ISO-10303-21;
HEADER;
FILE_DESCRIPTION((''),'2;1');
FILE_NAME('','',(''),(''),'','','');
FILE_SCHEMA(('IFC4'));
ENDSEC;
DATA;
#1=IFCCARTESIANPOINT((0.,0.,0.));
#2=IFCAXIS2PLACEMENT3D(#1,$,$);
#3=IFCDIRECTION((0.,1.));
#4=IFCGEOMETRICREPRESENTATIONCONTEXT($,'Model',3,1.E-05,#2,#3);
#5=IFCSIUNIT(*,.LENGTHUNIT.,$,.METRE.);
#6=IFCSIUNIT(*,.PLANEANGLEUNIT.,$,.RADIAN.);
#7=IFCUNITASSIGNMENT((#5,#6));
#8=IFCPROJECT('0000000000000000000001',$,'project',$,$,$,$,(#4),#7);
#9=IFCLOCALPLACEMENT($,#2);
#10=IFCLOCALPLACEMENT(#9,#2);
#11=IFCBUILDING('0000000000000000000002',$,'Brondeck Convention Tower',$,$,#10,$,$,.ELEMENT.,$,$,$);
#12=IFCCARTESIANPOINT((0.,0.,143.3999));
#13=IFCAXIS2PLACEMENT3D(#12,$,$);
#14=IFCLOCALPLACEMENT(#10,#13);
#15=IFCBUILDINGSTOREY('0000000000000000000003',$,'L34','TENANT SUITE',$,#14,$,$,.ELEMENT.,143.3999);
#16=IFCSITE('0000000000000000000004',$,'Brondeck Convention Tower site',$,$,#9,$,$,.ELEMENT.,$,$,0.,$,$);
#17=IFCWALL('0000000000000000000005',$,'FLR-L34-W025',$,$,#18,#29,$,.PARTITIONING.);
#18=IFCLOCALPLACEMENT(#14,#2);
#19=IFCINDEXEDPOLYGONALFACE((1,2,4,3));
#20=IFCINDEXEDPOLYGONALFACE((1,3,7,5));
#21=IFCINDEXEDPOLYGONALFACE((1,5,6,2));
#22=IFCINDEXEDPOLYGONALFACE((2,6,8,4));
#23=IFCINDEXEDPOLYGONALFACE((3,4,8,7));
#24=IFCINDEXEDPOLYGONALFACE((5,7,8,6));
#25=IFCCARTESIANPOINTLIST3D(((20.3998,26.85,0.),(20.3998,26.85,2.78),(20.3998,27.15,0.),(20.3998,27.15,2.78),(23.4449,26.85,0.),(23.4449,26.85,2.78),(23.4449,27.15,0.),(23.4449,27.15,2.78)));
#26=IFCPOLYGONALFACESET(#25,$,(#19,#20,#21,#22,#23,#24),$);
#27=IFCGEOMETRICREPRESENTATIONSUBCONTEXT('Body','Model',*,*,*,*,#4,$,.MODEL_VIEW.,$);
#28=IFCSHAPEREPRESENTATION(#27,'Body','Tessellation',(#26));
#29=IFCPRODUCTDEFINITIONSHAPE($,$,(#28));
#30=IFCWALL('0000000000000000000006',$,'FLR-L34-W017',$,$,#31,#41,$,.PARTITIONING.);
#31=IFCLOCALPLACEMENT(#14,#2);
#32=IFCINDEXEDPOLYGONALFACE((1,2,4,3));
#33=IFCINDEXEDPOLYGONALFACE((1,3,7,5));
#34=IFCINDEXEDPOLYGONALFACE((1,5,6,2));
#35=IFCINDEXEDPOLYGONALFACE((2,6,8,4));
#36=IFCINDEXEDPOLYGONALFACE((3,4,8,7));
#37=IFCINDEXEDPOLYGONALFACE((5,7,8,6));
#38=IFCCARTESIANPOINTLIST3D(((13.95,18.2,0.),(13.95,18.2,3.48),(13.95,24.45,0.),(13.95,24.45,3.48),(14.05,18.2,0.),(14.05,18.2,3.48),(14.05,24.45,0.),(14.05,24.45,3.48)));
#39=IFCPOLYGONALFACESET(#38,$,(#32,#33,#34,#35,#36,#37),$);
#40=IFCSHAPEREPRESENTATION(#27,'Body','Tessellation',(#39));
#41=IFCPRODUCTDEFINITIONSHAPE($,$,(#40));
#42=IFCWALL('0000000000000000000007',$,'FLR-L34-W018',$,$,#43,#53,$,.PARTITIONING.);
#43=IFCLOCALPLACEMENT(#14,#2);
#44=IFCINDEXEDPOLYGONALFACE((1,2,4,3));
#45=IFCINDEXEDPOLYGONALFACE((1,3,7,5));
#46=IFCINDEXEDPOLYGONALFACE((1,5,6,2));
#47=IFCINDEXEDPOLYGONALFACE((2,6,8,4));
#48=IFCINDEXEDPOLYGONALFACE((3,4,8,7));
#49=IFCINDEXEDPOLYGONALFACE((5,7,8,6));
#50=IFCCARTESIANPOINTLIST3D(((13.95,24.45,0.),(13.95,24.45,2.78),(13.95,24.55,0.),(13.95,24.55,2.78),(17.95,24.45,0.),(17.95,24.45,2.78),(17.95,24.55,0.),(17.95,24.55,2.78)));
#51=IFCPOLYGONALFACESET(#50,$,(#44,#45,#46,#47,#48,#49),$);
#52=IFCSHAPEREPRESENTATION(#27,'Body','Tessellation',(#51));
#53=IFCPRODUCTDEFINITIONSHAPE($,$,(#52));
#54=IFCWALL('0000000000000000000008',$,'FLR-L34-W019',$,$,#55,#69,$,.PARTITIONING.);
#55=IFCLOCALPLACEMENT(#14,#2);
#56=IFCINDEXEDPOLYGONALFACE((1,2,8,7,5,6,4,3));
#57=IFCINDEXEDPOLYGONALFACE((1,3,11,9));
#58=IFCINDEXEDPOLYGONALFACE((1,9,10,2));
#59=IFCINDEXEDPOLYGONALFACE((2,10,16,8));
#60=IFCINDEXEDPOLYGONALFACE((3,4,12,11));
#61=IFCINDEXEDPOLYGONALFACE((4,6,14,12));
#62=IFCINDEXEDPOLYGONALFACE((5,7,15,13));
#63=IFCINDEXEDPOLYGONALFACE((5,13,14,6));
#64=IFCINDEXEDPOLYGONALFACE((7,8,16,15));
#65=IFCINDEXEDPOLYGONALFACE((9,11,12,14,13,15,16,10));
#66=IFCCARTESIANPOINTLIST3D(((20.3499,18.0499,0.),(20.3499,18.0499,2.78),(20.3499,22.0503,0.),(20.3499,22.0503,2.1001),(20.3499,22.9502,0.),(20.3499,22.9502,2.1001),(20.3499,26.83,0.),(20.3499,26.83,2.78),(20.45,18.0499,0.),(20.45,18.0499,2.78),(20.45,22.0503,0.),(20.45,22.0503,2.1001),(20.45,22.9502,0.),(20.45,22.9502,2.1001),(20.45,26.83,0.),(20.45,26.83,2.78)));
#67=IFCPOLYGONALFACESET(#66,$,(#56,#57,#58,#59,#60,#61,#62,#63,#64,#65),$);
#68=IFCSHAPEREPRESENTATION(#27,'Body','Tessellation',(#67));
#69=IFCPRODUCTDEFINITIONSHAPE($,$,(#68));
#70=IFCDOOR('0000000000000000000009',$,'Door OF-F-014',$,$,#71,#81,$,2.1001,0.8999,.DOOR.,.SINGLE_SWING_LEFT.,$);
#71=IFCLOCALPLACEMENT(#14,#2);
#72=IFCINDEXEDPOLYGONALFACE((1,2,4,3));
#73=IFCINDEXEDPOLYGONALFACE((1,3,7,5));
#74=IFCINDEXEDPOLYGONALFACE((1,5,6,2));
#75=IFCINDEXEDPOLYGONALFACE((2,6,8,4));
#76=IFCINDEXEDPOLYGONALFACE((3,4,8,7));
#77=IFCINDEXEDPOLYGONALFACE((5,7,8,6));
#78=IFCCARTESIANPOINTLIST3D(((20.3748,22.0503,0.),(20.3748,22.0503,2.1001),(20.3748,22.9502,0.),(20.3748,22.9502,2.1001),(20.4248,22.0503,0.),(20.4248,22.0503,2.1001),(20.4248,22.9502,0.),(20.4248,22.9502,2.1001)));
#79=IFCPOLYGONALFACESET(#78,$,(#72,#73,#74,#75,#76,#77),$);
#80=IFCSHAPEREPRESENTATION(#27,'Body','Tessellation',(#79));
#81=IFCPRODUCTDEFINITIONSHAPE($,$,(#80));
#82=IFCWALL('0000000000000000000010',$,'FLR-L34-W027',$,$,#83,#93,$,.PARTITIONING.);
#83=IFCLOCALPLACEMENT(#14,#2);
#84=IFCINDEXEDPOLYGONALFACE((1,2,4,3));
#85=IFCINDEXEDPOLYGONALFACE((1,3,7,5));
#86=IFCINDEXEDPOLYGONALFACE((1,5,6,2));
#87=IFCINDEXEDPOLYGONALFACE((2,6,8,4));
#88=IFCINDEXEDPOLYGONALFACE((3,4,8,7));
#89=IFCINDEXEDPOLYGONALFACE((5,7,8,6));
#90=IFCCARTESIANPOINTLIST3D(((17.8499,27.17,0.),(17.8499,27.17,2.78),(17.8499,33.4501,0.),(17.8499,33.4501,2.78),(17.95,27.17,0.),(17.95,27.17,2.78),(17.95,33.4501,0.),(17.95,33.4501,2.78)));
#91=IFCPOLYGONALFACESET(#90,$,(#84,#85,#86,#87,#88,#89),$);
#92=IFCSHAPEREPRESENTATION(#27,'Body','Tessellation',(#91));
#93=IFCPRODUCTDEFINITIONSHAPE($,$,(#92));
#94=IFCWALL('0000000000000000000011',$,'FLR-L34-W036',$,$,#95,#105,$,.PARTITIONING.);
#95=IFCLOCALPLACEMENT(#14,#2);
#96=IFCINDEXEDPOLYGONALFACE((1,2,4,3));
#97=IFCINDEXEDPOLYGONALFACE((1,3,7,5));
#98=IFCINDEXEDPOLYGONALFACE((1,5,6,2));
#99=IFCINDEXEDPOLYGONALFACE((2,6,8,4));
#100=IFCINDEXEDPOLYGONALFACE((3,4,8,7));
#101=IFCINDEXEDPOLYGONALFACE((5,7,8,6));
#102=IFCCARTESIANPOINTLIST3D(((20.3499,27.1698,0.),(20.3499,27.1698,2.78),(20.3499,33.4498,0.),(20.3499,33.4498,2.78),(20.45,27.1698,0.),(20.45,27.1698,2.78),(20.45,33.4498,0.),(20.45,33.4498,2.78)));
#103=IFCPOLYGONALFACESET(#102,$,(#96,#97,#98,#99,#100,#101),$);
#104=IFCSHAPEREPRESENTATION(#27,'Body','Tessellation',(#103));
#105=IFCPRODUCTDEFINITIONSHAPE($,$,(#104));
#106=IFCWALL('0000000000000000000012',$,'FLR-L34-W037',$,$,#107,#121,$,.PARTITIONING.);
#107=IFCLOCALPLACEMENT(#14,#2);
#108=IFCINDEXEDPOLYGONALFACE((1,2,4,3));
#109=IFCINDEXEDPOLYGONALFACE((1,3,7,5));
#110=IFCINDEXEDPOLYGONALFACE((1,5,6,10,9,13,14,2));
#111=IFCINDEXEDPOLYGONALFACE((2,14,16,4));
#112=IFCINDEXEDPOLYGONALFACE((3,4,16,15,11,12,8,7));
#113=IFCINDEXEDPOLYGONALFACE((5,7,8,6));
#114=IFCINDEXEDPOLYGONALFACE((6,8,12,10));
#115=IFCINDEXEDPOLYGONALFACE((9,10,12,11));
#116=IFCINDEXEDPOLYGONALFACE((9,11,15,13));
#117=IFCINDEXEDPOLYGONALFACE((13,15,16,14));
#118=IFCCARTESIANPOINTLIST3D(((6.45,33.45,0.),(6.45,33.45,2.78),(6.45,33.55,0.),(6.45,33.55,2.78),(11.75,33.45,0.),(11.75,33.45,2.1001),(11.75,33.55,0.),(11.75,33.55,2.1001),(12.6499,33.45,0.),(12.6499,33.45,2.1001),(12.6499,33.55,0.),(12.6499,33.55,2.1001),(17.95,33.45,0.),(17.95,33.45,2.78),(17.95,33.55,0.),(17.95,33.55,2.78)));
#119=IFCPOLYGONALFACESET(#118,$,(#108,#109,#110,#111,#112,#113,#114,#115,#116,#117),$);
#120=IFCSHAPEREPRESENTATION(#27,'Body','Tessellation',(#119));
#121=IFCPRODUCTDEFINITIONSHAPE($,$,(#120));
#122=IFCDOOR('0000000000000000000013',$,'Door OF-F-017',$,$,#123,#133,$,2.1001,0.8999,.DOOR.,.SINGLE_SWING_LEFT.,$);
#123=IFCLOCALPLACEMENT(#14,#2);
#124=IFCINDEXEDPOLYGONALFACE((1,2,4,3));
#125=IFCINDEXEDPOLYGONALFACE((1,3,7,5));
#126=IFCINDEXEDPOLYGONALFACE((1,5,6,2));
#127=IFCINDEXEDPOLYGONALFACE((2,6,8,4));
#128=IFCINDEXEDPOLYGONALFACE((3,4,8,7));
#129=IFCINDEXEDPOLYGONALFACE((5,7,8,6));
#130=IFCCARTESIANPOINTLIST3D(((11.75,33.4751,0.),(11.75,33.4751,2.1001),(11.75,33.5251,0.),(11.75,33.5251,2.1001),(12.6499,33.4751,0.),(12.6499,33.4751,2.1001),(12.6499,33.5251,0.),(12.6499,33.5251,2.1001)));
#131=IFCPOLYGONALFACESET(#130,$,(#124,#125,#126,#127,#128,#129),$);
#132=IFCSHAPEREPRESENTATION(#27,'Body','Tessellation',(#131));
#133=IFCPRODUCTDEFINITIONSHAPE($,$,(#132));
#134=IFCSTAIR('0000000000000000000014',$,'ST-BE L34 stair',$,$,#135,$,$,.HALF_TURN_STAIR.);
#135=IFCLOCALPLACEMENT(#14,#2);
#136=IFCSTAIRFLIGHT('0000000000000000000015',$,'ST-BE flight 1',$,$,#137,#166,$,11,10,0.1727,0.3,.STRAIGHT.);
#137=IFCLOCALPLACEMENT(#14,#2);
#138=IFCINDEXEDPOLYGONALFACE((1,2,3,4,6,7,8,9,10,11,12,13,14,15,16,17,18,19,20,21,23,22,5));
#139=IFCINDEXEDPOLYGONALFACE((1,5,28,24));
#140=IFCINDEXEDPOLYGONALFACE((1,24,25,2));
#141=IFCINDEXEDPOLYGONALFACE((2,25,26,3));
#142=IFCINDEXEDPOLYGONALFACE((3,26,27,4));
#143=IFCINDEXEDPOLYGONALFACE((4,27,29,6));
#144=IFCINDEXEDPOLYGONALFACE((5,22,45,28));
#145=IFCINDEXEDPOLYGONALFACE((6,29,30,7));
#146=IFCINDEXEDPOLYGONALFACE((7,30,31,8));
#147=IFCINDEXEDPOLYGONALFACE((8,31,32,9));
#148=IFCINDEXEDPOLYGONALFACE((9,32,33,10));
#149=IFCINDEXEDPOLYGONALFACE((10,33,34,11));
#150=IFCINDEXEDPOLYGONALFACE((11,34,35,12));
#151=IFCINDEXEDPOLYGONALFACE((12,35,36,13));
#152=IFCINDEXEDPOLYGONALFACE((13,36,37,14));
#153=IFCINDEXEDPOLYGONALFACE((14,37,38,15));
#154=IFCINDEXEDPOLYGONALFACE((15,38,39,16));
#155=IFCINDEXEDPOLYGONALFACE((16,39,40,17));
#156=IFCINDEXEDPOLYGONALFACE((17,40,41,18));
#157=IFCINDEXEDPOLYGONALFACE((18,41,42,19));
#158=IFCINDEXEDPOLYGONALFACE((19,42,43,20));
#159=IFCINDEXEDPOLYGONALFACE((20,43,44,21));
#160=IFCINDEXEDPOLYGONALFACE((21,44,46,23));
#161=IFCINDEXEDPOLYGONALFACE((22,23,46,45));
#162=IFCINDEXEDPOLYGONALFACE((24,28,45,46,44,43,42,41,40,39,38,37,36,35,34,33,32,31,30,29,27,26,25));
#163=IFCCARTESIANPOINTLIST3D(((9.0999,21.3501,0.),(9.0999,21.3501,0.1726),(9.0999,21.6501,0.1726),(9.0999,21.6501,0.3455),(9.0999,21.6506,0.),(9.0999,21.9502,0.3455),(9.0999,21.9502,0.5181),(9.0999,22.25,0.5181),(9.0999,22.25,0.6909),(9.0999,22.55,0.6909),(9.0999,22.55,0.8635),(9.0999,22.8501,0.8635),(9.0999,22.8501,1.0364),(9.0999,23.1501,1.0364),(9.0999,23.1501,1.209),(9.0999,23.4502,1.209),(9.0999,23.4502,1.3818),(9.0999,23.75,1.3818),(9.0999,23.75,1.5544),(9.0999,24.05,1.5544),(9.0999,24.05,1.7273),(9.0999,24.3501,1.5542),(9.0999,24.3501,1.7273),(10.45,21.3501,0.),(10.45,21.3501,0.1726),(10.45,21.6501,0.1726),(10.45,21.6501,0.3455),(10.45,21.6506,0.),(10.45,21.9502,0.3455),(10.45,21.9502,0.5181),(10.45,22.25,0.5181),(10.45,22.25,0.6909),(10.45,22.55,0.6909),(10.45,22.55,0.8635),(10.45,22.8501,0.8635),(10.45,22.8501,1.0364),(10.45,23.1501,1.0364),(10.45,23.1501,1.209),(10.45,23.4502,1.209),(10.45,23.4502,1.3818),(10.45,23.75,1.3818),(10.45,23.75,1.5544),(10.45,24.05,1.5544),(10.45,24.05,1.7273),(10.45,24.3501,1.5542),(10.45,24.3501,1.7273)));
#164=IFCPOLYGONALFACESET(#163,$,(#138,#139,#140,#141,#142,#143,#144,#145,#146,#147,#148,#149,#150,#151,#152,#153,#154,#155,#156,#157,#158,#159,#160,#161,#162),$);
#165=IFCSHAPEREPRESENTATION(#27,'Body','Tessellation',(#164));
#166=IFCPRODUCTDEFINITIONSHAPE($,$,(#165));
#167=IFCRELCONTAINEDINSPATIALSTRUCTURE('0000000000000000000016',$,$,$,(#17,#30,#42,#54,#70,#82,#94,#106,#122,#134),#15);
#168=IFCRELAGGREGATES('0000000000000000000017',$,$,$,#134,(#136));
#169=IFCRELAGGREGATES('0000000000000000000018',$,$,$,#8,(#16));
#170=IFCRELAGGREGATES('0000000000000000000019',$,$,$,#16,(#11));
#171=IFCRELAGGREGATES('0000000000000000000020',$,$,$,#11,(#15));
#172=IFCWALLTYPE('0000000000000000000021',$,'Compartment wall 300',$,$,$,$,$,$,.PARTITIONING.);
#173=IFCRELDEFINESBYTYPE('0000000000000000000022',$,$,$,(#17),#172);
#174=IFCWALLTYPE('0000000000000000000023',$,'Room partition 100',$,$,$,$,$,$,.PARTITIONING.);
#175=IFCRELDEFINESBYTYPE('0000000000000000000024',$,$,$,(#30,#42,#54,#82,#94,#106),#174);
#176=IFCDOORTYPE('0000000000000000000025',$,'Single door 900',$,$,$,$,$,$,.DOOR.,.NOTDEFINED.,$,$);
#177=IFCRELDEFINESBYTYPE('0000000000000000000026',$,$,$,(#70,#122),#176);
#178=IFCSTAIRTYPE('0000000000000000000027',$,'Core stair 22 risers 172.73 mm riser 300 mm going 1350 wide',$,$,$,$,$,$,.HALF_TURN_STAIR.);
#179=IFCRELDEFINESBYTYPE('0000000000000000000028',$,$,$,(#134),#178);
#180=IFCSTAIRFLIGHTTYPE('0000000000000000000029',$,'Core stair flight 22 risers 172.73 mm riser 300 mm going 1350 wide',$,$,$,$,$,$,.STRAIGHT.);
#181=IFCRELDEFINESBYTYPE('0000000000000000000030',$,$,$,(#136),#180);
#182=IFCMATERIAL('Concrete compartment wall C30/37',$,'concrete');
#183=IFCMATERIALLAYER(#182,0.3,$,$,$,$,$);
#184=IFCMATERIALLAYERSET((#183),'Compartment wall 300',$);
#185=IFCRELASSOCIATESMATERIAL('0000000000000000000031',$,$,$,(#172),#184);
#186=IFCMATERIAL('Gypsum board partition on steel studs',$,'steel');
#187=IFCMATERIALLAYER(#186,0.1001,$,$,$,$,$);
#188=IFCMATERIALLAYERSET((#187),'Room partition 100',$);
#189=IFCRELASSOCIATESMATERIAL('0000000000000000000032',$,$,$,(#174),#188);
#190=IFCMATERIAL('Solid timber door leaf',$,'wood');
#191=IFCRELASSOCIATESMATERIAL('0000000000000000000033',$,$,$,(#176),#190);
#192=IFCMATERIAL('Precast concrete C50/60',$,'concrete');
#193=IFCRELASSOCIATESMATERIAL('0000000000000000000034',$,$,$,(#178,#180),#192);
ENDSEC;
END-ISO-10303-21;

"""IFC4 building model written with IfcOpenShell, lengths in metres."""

from ifc_helpers import new_model, si_unit, direction, frame, frame_2d, origin, place, context, subcontext, project, spatial, polyline, rectangle, outline, extrude, material, layer, layer_set, type_object, element, fill, aggregate, save


model = new_model("IFC4")

# Units and contexts
model_context = context("Model", 3, precision=1e-05, world=origin(), true_north=direction((0.0, 1.0)))
body_context = subcontext(model_context, "Body", "Model", "MODEL_VIEW")
ifc_project = project(units=[si_unit("LENGTHUNIT", "METRE"), si_unit("PLANEANGLEUNIT", "RADIAN")], contexts=[model_context])

# Site, building, storey
site_placement = place(None, origin())
site = spatial("IfcSite", under=ifc_project, at=site_placement, Name="Brondeck Convention Tower site", CompositionType="ELEMENT", RefElevation=0.0)
building_placement = place(site_placement, origin())
building = spatial("IfcBuilding", under=site, at=building_placement, Name="Brondeck Convention Tower", CompositionType="ELEMENT")
storey_placement = place(building_placement, frame((0.0, 0.0, 143.3999)))
storey = spatial("IfcBuildingStorey", under=building, at=storey_placement, Name="L34", Description="TENANT SUITE", CompositionType="ELEMENT", Elevation=143.3999)

# Shared definitions
ifc_material_1 = material(Name="Concrete compartment wall C30/37", Category="concrete")
ifc_layer_1 = layer(ifc_material_1, 0.3)
ifc_layer_set_1 = layer_set([ifc_layer_1], Name="Compartment wall 300")
wall_type_1 = type_object("IfcWallType", Name="Compartment wall 300", PredefinedType="PARTITIONING", material=ifc_layer_set_1)

# Walls
wall_1_placement = place(storey_placement, frame((20.3999, 27.0, 0.0), z_axis=(0.0, 0.0, 1.0), x_axis=(1.0, 0.0, 0.0)))
element("IfcWall", 1, at=wall_1_placement, inside=storey, type_object=wall_type_1, Name="FLR-L34-W025", PredefinedType="PARTITIONING", context=body_context, shape_type="SweptSolid", body=[
    extrude(rectangle(XDim=3.0452, YDim=0.3, at=frame_2d((1.5225, 0.0))), origin(), (0.0, 0.0, 1.0), 2.78),
])
ifc_material_2 = material(Name="Gypsum board partition on steel studs", Category="steel")
ifc_layer_2 = layer(ifc_material_2, 0.1001)
ifc_layer_set_2 = layer_set([ifc_layer_2], Name="Room partition 100")
wall_type_2 = type_object("IfcWallType", Name="Room partition 100", PredefinedType="PARTITIONING", material=ifc_layer_set_2)
wall_2_placement = place(storey_placement, frame((14.0, 24.45, 0.0), z_axis=(0.0, 0.0, 1.0), x_axis=(0.0, -1.0, 0.0)))
element("IfcWall", 2, at=wall_2_placement, inside=storey, type_object=wall_type_2, Name="FLR-L34-W017", PredefinedType="PARTITIONING", context=body_context, shape_type="SweptSolid", body=[
    extrude(rectangle(XDim=6.25, YDim=0.1001, at=frame_2d((3.125, 0.0))), origin(), (0.0, 0.0, 1.0), 3.48),
])
wall_3_placement = place(storey_placement, frame((17.95, 24.5, 0.0), z_axis=(0.0, 0.0, 1.0), x_axis=(-1.0, 0.0, 0.0)))
element("IfcWall", 3, at=wall_3_placement, inside=storey, type_object=wall_type_2, Name="FLR-L34-W018", PredefinedType="PARTITIONING", context=body_context, shape_type="SweptSolid", body=[
    extrude(rectangle(XDim=4.0, YDim=0.1001, at=frame_2d((2.0, 0.0))), origin(), (0.0, 0.0, 1.0), 2.78),
])

# Wall, opening, door
wall_4_placement = place(storey_placement, frame((20.3999, 26.8301, 0.0), z_axis=(0.0, 0.0, 1.0), x_axis=(0.0, -1.0, 0.0)))
wall_4 = element("IfcWall", 4, at=wall_4_placement, inside=storey, type_object=wall_type_2, Name="FLR-L34-W019", PredefinedType="PARTITIONING", context=body_context, shape_type="SweptSolid", body=[
    extrude(rectangle(XDim=8.78, YDim=0.1001, at=frame_2d((4.3901, 0.0))), origin(), (0.0, 0.0, 1.0), 2.78),
])
opening_1_placement = place(wall_4_placement, frame((3.8799, 0.0, 0.0)))
opening_1 = element("IfcOpeningElement", 5, at=opening_1_placement, cuts=wall_4, PredefinedType="OPENING", context=body_context, shape_type="SweptSolid", body=[
    extrude(rectangle(XDim=0.8999, YDim=2.1001, at=frame_2d((0.45, 1.05))), frame((0.0, 0.0601, 0.0), z_axis=(0.0, -1.0, 0.0), x_axis=(1.0, 0.0, 0.0)), (0.0, 0.0, 1.0), 0.1201),
])
ifc_material_3 = material(Name="Solid timber door leaf", Category="wood")
door_type_1 = type_object("IfcDoorType", Name="Single door 900", OperationType="NOTDEFINED", PredefinedType="DOOR", material=ifc_material_3)
door_1_placement = place(opening_1_placement, origin())
door_1 = element("IfcDoor", 6, at=door_1_placement, inside=storey, type_object=door_type_1, Name="Door OF-F-014", OperationType="SINGLE_SWING_LEFT", OverallHeight=2.1001, OverallWidth=0.8999, PredefinedType="DOOR", context=body_context, shape_type="SweptSolid", body=[
    extrude(rectangle(XDim=0.8999, YDim=2.1001, at=frame_2d((0.45, 1.05))), frame((0.0, 0.0249, 0.0), z_axis=(0.0, -1.0, 0.0), x_axis=(1.0, 0.0, 0.0)), (0.0, 0.0, 1.0), 0.05),
])
fill(opening_1, door_1)

# Walls
for number, where, z_axis, x_axis, name in (
    (7, (17.8999, 27.1699, 0.0), (0.0, 0.0, 1.0), (0.0, 1.0, 0.0), "FLR-L34-W027"),
    (8, (20.3999, 33.45, 0.0), (0.0, 0.0, 1.0), (0.0, -1.0, 0.0), "FLR-L34-W036"),
):
    element("IfcWall", number, at=place(storey_placement, frame(where, z_axis=z_axis, x_axis=x_axis)), inside=storey, type_object=wall_type_2, Name=name, PredefinedType="PARTITIONING", context=body_context, shape_type="SweptSolid", body=[
        extrude(rectangle(XDim=6.28, YDim=0.1001, at=frame_2d((3.1401, 0.0))), origin(), (0.0, 0.0, 1.0), 2.78),
    ])

# Wall, opening, door
wall_5_placement = place(storey_placement, frame((17.95, 33.5, 0.0), z_axis=(0.0, 0.0, 1.0), x_axis=(-1.0, 0.0, 0.0)))
wall_5 = element("IfcWall", 9, at=wall_5_placement, inside=storey, type_object=wall_type_2, Name="FLR-L34-W037", PredefinedType="PARTITIONING", context=body_context, shape_type="SweptSolid", body=[
    extrude(rectangle(XDim=11.5, YDim=0.1001, at=frame_2d((5.75, 0.0))), origin(), (0.0, 0.0, 1.0), 2.78),
])
opening_2_placement = place(wall_5_placement, frame((5.3, 0.0, 0.0)))
opening_2 = element("IfcOpeningElement", 10, at=opening_2_placement, cuts=wall_5, PredefinedType="OPENING", context=body_context, shape_type="SweptSolid", body=[
    extrude(rectangle(XDim=0.8999, YDim=2.1001, at=frame_2d((0.45, 1.05))), frame((0.0, 0.0601, 0.0), z_axis=(0.0, -1.0, 0.0), x_axis=(1.0, 0.0, 0.0)), (0.0, 0.0, 1.0), 0.1201),
])
door_2_placement = place(opening_2_placement, origin())
door_2 = element("IfcDoor", 11, at=door_2_placement, inside=storey, type_object=door_type_1, Name="Door OF-F-017", OperationType="SINGLE_SWING_LEFT", OverallHeight=2.1001, OverallWidth=0.8999, PredefinedType="DOOR", context=body_context, shape_type="SweptSolid", body=[
    extrude(rectangle(XDim=0.8999, YDim=2.1001, at=frame_2d((0.45, 1.05))), frame((0.0, 0.0249, 0.0), z_axis=(0.0, -1.0, 0.0), x_axis=(1.0, 0.0, 0.0)), (0.0, 0.0, 1.0), 0.05),
])
fill(opening_2, door_2)

# Stair, stair flight
ifc_material_4 = material(Name="Precast concrete C50/60", Category="concrete")
stair_type = type_object("IfcStairType", Name="Core stair 22 risers 172.73 mm riser 300 mm going 1350 wide", PredefinedType="HALF_TURN_STAIR", material=ifc_material_4)
stair_placement = place(storey_placement, origin())
stair = element("IfcStair", 12, at=stair_placement, inside=storey, type_object=stair_type, Name="ST-BE L34 stair", PredefinedType="HALF_TURN_STAIR")
stair_flight_type = type_object("IfcStairFlightType", Name="Core stair flight 22 risers 172.73 mm riser 300 mm going 1350 wide", PredefinedType="STRAIGHT", material=ifc_material_4)
stair_flight_placement = place(storey_placement, frame((9.7749, 21.3501, 0.0), z_axis=(0.0, 0.0, 1.0), x_axis=(0.0, 1.0, 0.0)))
stair_flight = element("IfcStairFlight", 13, at=stair_flight_placement, type_object=stair_flight_type, Name="ST-BE flight 1", NumberOfRisers=11, NumberOfTreads=10, PredefinedType="STRAIGHT", RiserHeight=0.1727, TreadLength=0.3, context=body_context, shape_type="SweptSolid", body=[
    extrude(outline(polyline([(0.0, 0.0), (0.0, 0.1726), (0.3, 0.1726), (0.3, 0.3455), (0.6001, 0.3455), (0.6001, 0.5181), (0.8999, 0.5181), (0.8999, 0.6909), (1.2, 0.6909), (1.2, 0.8635), (1.5, 0.8635), (1.5, 1.0364), (1.8, 1.0364), (1.8, 1.209), (2.1001, 1.209), (2.1001, 1.3818), (2.3999, 1.3818), (2.3999, 1.5544), (2.7, 1.5544), (2.7, 1.7273), (3.0, 1.7273), (3.0, 1.8999), (3.0, 1.5542), (0.3005, 0.0), (0.0, 0.0)])), frame((0.0, 0.675, 0.0), z_axis=(0.0, -1.0, 0.0), x_axis=(1.0, 0.0, 0.0)), (0.0, 0.0, 1.0), 1.3501),
])
aggregate(stair, [stair_flight])

save(model, "model.ifc")
